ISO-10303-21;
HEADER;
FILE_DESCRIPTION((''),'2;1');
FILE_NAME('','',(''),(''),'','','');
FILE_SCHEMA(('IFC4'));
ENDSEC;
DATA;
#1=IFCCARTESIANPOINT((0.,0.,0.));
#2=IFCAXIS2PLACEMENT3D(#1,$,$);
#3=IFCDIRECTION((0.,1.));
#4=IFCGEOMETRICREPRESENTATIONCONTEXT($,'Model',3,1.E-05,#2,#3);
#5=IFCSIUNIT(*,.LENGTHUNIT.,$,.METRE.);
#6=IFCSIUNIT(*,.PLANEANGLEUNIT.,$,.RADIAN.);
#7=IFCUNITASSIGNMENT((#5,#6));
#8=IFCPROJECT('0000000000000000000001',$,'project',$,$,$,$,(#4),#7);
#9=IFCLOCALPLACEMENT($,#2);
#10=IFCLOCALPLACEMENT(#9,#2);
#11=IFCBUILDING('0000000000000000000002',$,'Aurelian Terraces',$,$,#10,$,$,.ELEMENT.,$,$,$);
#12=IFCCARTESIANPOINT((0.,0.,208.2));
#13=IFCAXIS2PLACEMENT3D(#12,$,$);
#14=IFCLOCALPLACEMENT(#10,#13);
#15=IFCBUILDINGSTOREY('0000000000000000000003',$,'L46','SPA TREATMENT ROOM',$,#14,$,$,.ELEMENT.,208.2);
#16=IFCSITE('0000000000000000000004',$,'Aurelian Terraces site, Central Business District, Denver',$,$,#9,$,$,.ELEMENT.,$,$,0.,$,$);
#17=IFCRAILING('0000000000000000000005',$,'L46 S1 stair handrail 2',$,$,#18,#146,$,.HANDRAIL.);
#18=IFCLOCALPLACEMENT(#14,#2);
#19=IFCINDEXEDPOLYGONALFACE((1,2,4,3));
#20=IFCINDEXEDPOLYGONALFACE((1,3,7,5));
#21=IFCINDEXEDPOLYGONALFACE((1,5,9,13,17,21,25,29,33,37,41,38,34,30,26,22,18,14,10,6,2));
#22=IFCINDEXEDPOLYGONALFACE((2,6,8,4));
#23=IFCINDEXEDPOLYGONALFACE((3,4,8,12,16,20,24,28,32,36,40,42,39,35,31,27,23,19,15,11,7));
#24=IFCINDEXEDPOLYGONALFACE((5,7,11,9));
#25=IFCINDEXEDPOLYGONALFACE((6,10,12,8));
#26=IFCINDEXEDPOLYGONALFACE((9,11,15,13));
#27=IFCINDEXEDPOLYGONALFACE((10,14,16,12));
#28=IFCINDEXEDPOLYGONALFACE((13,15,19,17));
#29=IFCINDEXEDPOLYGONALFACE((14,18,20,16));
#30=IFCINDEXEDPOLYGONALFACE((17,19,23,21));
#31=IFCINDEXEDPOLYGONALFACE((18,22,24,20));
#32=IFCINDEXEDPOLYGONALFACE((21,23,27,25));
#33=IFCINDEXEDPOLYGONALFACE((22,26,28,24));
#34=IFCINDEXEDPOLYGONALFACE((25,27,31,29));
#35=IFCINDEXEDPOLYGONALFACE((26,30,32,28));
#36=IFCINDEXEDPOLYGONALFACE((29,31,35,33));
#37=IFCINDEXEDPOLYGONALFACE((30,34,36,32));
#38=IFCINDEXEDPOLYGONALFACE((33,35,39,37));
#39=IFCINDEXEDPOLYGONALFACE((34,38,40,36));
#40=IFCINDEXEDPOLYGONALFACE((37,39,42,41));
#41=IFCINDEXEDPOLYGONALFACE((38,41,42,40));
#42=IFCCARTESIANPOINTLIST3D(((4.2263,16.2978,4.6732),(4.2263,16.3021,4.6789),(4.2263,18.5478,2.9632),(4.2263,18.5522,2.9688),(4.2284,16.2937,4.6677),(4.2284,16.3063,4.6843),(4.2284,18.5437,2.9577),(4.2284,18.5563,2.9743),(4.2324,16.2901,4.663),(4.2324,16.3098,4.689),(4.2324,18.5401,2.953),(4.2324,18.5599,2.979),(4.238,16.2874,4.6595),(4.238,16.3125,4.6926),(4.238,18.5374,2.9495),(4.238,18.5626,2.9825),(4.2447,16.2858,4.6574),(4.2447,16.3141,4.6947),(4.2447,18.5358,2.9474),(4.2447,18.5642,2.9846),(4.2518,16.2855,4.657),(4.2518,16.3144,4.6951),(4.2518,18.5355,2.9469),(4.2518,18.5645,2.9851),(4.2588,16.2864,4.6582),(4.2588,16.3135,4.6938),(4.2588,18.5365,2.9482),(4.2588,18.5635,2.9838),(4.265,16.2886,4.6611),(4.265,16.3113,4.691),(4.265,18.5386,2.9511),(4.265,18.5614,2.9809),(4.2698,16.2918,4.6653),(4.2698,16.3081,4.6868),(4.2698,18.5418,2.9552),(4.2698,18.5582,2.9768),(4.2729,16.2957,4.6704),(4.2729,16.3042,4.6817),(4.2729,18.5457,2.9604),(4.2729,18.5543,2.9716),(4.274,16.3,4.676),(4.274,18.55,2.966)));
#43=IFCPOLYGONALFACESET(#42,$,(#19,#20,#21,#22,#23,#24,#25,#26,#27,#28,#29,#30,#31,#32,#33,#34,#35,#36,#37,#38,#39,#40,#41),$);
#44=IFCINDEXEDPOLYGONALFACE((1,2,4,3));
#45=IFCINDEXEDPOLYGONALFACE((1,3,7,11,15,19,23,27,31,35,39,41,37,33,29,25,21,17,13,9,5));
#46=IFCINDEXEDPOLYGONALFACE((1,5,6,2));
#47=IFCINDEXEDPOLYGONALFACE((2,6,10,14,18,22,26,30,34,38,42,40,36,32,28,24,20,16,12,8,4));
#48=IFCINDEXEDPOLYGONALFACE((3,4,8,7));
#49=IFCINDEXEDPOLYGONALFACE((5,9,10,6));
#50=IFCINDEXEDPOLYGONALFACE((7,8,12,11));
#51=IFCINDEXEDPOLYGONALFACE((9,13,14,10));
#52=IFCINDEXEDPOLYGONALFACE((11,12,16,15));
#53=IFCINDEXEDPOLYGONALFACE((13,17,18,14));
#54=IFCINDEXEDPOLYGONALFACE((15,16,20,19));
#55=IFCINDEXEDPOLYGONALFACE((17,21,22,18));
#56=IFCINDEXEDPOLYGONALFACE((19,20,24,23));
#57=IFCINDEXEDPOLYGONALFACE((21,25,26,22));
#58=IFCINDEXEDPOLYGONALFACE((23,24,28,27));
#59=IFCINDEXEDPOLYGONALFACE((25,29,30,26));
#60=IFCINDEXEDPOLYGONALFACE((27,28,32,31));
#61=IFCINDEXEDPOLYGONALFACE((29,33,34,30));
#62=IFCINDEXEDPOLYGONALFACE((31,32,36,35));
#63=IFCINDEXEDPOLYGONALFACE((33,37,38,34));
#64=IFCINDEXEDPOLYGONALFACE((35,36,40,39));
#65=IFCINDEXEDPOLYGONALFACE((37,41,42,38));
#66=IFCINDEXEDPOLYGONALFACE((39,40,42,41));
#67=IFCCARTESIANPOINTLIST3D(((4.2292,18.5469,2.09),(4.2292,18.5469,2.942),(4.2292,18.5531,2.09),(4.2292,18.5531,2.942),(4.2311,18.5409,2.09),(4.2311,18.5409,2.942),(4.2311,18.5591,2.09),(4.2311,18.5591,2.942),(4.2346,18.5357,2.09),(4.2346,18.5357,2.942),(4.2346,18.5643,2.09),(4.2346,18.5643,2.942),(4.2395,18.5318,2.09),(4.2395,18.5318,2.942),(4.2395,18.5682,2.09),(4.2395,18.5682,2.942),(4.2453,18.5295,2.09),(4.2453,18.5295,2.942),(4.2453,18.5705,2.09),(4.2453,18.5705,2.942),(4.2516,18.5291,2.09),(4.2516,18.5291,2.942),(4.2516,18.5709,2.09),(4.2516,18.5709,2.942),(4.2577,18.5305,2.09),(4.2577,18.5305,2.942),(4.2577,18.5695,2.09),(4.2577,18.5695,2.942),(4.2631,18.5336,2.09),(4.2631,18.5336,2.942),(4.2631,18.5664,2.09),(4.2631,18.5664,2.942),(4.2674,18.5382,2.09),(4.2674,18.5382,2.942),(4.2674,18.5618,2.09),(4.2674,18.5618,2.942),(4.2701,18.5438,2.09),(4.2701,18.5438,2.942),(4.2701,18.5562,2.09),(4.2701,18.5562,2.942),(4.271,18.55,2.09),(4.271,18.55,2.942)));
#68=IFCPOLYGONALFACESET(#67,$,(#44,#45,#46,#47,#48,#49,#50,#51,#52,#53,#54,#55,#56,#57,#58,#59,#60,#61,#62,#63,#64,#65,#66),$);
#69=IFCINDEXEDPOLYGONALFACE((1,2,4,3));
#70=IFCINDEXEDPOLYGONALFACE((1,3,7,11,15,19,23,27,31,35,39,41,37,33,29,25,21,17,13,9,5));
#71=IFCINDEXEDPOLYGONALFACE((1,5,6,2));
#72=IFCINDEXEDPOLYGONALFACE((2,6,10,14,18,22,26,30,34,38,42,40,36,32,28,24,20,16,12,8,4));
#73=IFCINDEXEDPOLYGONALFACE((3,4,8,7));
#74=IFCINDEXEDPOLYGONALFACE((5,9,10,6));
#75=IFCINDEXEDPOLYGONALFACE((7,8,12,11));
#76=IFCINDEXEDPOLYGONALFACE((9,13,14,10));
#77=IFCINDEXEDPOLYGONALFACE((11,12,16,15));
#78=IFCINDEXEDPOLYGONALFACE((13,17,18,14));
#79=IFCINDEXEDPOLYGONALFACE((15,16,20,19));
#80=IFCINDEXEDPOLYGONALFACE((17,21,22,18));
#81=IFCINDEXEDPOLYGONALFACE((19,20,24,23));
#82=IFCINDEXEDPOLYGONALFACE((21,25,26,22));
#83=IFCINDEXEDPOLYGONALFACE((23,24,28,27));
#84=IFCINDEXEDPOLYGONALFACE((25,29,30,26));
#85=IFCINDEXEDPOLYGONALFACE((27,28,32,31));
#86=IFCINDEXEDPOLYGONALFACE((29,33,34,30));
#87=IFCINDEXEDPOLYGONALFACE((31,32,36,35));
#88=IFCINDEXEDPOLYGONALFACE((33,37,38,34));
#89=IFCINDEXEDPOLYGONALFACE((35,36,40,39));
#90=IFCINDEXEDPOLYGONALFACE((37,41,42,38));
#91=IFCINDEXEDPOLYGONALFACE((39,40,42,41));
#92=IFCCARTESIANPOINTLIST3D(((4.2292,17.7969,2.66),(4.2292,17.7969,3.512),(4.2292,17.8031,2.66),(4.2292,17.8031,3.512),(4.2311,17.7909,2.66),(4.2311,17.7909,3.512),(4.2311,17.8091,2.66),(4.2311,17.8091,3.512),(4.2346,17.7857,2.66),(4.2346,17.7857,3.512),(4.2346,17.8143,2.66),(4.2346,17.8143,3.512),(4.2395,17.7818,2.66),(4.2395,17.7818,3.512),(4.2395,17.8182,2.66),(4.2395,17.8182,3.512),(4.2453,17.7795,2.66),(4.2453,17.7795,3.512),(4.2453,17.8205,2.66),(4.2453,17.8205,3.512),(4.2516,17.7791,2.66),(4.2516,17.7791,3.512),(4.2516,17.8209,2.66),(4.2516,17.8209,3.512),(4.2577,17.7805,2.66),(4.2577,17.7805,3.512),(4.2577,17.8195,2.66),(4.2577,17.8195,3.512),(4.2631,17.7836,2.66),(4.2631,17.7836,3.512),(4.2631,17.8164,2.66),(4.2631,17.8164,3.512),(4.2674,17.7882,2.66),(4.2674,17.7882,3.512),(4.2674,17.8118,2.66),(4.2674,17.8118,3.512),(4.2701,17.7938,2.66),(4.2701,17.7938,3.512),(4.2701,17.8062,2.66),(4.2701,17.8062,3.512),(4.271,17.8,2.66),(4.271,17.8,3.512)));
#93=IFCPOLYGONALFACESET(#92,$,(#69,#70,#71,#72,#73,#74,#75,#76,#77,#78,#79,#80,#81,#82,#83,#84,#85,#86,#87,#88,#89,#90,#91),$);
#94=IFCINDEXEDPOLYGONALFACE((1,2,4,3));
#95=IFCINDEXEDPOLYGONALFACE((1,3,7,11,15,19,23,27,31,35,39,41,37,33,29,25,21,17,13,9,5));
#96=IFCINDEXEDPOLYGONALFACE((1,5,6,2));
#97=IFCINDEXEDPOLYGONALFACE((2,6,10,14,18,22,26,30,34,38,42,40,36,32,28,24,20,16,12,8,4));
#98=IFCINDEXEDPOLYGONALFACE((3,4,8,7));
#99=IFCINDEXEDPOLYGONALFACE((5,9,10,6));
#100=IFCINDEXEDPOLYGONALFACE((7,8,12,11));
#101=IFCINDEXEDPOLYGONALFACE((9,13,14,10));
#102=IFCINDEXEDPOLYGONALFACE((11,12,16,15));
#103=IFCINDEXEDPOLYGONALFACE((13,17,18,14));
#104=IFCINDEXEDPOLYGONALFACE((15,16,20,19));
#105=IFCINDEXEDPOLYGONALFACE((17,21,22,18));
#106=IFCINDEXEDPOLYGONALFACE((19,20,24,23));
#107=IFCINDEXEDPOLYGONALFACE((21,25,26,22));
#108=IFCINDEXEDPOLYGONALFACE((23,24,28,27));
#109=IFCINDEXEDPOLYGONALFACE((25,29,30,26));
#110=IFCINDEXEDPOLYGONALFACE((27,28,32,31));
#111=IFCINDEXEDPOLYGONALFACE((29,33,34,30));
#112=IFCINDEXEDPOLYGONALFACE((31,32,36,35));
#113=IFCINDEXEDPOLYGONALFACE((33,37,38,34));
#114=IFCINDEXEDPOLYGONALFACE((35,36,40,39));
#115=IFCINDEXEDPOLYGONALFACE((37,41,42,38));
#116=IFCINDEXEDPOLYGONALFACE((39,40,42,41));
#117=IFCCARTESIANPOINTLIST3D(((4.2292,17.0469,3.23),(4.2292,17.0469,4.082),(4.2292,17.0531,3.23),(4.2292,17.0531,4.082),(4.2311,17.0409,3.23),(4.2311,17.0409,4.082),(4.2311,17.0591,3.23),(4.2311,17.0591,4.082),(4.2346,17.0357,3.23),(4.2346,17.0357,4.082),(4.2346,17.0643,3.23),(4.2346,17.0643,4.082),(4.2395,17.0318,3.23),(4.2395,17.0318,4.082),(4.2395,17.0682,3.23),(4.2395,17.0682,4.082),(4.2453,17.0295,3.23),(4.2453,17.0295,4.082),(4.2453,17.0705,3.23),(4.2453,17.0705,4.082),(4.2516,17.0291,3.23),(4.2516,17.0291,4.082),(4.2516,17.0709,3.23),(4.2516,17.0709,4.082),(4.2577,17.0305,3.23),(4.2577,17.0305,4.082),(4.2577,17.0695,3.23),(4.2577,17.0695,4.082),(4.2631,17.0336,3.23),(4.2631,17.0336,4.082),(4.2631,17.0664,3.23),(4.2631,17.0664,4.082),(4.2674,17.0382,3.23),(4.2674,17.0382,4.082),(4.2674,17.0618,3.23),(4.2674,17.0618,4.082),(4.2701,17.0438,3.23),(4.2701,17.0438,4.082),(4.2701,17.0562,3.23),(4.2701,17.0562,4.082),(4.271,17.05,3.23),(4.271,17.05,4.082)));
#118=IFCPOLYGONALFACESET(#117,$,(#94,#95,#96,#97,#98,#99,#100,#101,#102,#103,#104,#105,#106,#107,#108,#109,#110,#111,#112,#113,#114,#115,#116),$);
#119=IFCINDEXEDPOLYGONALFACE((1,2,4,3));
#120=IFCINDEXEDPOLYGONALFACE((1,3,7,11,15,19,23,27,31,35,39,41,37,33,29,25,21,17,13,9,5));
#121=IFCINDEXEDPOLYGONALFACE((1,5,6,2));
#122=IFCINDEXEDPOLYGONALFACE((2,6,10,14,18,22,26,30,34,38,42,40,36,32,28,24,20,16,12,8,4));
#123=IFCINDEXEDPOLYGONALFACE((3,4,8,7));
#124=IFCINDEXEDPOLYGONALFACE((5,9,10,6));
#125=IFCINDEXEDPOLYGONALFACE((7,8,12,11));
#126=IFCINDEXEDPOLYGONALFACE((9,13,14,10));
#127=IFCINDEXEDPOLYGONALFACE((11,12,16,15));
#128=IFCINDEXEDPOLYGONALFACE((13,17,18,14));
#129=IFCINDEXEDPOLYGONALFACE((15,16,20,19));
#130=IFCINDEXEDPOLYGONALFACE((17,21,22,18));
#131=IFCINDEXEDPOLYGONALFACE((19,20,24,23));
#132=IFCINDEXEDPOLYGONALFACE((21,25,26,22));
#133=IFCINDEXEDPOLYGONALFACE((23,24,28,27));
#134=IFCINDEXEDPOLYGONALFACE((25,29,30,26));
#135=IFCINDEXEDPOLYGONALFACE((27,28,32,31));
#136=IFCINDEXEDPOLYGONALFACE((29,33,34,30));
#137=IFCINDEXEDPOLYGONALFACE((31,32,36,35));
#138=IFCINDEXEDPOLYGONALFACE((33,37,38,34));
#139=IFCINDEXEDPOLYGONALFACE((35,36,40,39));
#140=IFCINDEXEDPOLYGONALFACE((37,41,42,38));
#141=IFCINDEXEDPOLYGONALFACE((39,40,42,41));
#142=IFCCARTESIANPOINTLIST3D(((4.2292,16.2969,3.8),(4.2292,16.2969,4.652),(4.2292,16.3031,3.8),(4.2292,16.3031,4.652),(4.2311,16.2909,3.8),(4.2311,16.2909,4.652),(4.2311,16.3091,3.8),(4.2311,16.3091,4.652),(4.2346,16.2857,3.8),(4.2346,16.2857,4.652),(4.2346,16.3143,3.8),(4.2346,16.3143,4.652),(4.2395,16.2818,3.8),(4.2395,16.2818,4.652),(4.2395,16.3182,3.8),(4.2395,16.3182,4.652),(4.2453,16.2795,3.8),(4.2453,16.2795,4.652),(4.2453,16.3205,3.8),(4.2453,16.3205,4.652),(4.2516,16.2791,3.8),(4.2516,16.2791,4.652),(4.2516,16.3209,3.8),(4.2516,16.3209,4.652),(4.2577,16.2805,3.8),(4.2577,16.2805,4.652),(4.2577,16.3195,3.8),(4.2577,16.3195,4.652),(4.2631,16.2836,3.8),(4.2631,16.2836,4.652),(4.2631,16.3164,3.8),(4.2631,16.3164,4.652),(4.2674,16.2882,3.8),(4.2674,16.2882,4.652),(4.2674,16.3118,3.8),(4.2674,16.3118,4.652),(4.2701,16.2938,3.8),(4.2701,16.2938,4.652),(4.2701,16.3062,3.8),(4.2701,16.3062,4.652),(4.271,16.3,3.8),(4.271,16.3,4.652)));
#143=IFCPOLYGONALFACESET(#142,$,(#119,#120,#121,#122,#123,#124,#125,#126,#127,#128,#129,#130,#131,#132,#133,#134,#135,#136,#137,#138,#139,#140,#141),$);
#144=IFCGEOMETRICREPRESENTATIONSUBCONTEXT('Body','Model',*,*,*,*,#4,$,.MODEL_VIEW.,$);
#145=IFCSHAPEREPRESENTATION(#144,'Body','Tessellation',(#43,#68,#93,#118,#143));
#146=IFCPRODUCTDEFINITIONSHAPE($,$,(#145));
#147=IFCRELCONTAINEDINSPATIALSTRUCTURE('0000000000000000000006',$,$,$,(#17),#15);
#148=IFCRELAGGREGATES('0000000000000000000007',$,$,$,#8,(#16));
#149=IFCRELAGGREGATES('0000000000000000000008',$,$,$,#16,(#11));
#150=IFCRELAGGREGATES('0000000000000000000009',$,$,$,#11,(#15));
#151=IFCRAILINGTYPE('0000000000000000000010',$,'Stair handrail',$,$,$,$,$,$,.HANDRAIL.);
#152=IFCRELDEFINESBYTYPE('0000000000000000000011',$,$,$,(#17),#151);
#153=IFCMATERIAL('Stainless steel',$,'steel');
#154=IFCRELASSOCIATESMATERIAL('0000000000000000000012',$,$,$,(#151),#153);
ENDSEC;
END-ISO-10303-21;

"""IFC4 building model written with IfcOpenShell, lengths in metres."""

from ifc_helpers import new_model, si_unit, direction, frame, origin, origin_2d, place, context, subcontext, project, spatial, circle, extrude, source, transform, mapped, material, type_object, element, save


model = new_model("IFC4")

# Units and contexts
model_context = context("Model", 3, precision=1e-05, world=origin(), true_north=direction((0.0, 1.0)))
body_context = subcontext(model_context, "Body", "Model", "MODEL_VIEW")
ifc_project = project(units=[si_unit("LENGTHUNIT", "METRE"), si_unit("PLANEANGLEUNIT", "RADIAN")], contexts=[model_context])

# Site, building, storey
site_placement = place(None, origin())
site = spatial("IfcSite", under=ifc_project, at=site_placement, Name="Aurelian Terraces site, Central Business District, Denver", CompositionType="ELEMENT", RefElevation=0.0)
building_placement = place(site_placement, origin())
building = spatial("IfcBuilding", under=site, at=building_placement, Name="Aurelian Terraces", CompositionType="ELEMENT")
storey_placement = place(building_placement, frame((0.0, 0.0, 208.2)))
storey = spatial("IfcBuildingStorey", under=building, at=storey_placement, Name="L46", Description="SPA TREATMENT ROOM", CompositionType="ELEMENT", Elevation=208.2)

# Railing
ifc_material_1 = material(Name="Stainless steel", Category="steel")
railing_type_1 = type_object("IfcRailingType", Name="Stair handrail", PredefinedType="HANDRAIL", material=ifc_material_1)
shared_shape_1 = source(origin(), body_context, "Body", "SweptSolid", [
    extrude(circle(Radius=0.024, at=origin_2d()), frame((0.0, 0.0, 0.876), z_axis=(0.0, -0.796162, 0.605083), x_axis=(1.0, 0.0, 0.0)), (0.0, 0.0, 1.0), 2.8261),
    extrude(circle(Radius=0.021, at=origin_2d()), origin(), (0.0, 0.0, 1.0), 0.852),
    extrude(circle(Radius=0.021, at=origin_2d()), frame((0.0, -0.75, 0.57)), (0.0, 0.0, 1.0), 0.852),
    extrude(circle(Radius=0.021, at=origin_2d()), frame((0.0, -1.5, 1.14)), (0.0, 0.0, 1.0), 0.852),
    extrude(circle(Radius=0.021, at=origin_2d()), frame((0.0, -2.25, 1.71)), (0.0, 0.0, 1.0), 0.852),
])
railing_1_placement = place(storey_placement, frame((4.25, 18.55, 2.09)))
element("IfcRailing", 1, at=railing_1_placement, inside=storey, type_object=railing_type_1, Name="L46 S1 stair handrail 2", PredefinedType="HANDRAIL", context=body_context, shape_type="MappedRepresentation", body=[
    mapped(shared_shape_1, transform((0.0, 0.0, 0.0), scale=1.0)),
])

save(model, "model.ifc")
